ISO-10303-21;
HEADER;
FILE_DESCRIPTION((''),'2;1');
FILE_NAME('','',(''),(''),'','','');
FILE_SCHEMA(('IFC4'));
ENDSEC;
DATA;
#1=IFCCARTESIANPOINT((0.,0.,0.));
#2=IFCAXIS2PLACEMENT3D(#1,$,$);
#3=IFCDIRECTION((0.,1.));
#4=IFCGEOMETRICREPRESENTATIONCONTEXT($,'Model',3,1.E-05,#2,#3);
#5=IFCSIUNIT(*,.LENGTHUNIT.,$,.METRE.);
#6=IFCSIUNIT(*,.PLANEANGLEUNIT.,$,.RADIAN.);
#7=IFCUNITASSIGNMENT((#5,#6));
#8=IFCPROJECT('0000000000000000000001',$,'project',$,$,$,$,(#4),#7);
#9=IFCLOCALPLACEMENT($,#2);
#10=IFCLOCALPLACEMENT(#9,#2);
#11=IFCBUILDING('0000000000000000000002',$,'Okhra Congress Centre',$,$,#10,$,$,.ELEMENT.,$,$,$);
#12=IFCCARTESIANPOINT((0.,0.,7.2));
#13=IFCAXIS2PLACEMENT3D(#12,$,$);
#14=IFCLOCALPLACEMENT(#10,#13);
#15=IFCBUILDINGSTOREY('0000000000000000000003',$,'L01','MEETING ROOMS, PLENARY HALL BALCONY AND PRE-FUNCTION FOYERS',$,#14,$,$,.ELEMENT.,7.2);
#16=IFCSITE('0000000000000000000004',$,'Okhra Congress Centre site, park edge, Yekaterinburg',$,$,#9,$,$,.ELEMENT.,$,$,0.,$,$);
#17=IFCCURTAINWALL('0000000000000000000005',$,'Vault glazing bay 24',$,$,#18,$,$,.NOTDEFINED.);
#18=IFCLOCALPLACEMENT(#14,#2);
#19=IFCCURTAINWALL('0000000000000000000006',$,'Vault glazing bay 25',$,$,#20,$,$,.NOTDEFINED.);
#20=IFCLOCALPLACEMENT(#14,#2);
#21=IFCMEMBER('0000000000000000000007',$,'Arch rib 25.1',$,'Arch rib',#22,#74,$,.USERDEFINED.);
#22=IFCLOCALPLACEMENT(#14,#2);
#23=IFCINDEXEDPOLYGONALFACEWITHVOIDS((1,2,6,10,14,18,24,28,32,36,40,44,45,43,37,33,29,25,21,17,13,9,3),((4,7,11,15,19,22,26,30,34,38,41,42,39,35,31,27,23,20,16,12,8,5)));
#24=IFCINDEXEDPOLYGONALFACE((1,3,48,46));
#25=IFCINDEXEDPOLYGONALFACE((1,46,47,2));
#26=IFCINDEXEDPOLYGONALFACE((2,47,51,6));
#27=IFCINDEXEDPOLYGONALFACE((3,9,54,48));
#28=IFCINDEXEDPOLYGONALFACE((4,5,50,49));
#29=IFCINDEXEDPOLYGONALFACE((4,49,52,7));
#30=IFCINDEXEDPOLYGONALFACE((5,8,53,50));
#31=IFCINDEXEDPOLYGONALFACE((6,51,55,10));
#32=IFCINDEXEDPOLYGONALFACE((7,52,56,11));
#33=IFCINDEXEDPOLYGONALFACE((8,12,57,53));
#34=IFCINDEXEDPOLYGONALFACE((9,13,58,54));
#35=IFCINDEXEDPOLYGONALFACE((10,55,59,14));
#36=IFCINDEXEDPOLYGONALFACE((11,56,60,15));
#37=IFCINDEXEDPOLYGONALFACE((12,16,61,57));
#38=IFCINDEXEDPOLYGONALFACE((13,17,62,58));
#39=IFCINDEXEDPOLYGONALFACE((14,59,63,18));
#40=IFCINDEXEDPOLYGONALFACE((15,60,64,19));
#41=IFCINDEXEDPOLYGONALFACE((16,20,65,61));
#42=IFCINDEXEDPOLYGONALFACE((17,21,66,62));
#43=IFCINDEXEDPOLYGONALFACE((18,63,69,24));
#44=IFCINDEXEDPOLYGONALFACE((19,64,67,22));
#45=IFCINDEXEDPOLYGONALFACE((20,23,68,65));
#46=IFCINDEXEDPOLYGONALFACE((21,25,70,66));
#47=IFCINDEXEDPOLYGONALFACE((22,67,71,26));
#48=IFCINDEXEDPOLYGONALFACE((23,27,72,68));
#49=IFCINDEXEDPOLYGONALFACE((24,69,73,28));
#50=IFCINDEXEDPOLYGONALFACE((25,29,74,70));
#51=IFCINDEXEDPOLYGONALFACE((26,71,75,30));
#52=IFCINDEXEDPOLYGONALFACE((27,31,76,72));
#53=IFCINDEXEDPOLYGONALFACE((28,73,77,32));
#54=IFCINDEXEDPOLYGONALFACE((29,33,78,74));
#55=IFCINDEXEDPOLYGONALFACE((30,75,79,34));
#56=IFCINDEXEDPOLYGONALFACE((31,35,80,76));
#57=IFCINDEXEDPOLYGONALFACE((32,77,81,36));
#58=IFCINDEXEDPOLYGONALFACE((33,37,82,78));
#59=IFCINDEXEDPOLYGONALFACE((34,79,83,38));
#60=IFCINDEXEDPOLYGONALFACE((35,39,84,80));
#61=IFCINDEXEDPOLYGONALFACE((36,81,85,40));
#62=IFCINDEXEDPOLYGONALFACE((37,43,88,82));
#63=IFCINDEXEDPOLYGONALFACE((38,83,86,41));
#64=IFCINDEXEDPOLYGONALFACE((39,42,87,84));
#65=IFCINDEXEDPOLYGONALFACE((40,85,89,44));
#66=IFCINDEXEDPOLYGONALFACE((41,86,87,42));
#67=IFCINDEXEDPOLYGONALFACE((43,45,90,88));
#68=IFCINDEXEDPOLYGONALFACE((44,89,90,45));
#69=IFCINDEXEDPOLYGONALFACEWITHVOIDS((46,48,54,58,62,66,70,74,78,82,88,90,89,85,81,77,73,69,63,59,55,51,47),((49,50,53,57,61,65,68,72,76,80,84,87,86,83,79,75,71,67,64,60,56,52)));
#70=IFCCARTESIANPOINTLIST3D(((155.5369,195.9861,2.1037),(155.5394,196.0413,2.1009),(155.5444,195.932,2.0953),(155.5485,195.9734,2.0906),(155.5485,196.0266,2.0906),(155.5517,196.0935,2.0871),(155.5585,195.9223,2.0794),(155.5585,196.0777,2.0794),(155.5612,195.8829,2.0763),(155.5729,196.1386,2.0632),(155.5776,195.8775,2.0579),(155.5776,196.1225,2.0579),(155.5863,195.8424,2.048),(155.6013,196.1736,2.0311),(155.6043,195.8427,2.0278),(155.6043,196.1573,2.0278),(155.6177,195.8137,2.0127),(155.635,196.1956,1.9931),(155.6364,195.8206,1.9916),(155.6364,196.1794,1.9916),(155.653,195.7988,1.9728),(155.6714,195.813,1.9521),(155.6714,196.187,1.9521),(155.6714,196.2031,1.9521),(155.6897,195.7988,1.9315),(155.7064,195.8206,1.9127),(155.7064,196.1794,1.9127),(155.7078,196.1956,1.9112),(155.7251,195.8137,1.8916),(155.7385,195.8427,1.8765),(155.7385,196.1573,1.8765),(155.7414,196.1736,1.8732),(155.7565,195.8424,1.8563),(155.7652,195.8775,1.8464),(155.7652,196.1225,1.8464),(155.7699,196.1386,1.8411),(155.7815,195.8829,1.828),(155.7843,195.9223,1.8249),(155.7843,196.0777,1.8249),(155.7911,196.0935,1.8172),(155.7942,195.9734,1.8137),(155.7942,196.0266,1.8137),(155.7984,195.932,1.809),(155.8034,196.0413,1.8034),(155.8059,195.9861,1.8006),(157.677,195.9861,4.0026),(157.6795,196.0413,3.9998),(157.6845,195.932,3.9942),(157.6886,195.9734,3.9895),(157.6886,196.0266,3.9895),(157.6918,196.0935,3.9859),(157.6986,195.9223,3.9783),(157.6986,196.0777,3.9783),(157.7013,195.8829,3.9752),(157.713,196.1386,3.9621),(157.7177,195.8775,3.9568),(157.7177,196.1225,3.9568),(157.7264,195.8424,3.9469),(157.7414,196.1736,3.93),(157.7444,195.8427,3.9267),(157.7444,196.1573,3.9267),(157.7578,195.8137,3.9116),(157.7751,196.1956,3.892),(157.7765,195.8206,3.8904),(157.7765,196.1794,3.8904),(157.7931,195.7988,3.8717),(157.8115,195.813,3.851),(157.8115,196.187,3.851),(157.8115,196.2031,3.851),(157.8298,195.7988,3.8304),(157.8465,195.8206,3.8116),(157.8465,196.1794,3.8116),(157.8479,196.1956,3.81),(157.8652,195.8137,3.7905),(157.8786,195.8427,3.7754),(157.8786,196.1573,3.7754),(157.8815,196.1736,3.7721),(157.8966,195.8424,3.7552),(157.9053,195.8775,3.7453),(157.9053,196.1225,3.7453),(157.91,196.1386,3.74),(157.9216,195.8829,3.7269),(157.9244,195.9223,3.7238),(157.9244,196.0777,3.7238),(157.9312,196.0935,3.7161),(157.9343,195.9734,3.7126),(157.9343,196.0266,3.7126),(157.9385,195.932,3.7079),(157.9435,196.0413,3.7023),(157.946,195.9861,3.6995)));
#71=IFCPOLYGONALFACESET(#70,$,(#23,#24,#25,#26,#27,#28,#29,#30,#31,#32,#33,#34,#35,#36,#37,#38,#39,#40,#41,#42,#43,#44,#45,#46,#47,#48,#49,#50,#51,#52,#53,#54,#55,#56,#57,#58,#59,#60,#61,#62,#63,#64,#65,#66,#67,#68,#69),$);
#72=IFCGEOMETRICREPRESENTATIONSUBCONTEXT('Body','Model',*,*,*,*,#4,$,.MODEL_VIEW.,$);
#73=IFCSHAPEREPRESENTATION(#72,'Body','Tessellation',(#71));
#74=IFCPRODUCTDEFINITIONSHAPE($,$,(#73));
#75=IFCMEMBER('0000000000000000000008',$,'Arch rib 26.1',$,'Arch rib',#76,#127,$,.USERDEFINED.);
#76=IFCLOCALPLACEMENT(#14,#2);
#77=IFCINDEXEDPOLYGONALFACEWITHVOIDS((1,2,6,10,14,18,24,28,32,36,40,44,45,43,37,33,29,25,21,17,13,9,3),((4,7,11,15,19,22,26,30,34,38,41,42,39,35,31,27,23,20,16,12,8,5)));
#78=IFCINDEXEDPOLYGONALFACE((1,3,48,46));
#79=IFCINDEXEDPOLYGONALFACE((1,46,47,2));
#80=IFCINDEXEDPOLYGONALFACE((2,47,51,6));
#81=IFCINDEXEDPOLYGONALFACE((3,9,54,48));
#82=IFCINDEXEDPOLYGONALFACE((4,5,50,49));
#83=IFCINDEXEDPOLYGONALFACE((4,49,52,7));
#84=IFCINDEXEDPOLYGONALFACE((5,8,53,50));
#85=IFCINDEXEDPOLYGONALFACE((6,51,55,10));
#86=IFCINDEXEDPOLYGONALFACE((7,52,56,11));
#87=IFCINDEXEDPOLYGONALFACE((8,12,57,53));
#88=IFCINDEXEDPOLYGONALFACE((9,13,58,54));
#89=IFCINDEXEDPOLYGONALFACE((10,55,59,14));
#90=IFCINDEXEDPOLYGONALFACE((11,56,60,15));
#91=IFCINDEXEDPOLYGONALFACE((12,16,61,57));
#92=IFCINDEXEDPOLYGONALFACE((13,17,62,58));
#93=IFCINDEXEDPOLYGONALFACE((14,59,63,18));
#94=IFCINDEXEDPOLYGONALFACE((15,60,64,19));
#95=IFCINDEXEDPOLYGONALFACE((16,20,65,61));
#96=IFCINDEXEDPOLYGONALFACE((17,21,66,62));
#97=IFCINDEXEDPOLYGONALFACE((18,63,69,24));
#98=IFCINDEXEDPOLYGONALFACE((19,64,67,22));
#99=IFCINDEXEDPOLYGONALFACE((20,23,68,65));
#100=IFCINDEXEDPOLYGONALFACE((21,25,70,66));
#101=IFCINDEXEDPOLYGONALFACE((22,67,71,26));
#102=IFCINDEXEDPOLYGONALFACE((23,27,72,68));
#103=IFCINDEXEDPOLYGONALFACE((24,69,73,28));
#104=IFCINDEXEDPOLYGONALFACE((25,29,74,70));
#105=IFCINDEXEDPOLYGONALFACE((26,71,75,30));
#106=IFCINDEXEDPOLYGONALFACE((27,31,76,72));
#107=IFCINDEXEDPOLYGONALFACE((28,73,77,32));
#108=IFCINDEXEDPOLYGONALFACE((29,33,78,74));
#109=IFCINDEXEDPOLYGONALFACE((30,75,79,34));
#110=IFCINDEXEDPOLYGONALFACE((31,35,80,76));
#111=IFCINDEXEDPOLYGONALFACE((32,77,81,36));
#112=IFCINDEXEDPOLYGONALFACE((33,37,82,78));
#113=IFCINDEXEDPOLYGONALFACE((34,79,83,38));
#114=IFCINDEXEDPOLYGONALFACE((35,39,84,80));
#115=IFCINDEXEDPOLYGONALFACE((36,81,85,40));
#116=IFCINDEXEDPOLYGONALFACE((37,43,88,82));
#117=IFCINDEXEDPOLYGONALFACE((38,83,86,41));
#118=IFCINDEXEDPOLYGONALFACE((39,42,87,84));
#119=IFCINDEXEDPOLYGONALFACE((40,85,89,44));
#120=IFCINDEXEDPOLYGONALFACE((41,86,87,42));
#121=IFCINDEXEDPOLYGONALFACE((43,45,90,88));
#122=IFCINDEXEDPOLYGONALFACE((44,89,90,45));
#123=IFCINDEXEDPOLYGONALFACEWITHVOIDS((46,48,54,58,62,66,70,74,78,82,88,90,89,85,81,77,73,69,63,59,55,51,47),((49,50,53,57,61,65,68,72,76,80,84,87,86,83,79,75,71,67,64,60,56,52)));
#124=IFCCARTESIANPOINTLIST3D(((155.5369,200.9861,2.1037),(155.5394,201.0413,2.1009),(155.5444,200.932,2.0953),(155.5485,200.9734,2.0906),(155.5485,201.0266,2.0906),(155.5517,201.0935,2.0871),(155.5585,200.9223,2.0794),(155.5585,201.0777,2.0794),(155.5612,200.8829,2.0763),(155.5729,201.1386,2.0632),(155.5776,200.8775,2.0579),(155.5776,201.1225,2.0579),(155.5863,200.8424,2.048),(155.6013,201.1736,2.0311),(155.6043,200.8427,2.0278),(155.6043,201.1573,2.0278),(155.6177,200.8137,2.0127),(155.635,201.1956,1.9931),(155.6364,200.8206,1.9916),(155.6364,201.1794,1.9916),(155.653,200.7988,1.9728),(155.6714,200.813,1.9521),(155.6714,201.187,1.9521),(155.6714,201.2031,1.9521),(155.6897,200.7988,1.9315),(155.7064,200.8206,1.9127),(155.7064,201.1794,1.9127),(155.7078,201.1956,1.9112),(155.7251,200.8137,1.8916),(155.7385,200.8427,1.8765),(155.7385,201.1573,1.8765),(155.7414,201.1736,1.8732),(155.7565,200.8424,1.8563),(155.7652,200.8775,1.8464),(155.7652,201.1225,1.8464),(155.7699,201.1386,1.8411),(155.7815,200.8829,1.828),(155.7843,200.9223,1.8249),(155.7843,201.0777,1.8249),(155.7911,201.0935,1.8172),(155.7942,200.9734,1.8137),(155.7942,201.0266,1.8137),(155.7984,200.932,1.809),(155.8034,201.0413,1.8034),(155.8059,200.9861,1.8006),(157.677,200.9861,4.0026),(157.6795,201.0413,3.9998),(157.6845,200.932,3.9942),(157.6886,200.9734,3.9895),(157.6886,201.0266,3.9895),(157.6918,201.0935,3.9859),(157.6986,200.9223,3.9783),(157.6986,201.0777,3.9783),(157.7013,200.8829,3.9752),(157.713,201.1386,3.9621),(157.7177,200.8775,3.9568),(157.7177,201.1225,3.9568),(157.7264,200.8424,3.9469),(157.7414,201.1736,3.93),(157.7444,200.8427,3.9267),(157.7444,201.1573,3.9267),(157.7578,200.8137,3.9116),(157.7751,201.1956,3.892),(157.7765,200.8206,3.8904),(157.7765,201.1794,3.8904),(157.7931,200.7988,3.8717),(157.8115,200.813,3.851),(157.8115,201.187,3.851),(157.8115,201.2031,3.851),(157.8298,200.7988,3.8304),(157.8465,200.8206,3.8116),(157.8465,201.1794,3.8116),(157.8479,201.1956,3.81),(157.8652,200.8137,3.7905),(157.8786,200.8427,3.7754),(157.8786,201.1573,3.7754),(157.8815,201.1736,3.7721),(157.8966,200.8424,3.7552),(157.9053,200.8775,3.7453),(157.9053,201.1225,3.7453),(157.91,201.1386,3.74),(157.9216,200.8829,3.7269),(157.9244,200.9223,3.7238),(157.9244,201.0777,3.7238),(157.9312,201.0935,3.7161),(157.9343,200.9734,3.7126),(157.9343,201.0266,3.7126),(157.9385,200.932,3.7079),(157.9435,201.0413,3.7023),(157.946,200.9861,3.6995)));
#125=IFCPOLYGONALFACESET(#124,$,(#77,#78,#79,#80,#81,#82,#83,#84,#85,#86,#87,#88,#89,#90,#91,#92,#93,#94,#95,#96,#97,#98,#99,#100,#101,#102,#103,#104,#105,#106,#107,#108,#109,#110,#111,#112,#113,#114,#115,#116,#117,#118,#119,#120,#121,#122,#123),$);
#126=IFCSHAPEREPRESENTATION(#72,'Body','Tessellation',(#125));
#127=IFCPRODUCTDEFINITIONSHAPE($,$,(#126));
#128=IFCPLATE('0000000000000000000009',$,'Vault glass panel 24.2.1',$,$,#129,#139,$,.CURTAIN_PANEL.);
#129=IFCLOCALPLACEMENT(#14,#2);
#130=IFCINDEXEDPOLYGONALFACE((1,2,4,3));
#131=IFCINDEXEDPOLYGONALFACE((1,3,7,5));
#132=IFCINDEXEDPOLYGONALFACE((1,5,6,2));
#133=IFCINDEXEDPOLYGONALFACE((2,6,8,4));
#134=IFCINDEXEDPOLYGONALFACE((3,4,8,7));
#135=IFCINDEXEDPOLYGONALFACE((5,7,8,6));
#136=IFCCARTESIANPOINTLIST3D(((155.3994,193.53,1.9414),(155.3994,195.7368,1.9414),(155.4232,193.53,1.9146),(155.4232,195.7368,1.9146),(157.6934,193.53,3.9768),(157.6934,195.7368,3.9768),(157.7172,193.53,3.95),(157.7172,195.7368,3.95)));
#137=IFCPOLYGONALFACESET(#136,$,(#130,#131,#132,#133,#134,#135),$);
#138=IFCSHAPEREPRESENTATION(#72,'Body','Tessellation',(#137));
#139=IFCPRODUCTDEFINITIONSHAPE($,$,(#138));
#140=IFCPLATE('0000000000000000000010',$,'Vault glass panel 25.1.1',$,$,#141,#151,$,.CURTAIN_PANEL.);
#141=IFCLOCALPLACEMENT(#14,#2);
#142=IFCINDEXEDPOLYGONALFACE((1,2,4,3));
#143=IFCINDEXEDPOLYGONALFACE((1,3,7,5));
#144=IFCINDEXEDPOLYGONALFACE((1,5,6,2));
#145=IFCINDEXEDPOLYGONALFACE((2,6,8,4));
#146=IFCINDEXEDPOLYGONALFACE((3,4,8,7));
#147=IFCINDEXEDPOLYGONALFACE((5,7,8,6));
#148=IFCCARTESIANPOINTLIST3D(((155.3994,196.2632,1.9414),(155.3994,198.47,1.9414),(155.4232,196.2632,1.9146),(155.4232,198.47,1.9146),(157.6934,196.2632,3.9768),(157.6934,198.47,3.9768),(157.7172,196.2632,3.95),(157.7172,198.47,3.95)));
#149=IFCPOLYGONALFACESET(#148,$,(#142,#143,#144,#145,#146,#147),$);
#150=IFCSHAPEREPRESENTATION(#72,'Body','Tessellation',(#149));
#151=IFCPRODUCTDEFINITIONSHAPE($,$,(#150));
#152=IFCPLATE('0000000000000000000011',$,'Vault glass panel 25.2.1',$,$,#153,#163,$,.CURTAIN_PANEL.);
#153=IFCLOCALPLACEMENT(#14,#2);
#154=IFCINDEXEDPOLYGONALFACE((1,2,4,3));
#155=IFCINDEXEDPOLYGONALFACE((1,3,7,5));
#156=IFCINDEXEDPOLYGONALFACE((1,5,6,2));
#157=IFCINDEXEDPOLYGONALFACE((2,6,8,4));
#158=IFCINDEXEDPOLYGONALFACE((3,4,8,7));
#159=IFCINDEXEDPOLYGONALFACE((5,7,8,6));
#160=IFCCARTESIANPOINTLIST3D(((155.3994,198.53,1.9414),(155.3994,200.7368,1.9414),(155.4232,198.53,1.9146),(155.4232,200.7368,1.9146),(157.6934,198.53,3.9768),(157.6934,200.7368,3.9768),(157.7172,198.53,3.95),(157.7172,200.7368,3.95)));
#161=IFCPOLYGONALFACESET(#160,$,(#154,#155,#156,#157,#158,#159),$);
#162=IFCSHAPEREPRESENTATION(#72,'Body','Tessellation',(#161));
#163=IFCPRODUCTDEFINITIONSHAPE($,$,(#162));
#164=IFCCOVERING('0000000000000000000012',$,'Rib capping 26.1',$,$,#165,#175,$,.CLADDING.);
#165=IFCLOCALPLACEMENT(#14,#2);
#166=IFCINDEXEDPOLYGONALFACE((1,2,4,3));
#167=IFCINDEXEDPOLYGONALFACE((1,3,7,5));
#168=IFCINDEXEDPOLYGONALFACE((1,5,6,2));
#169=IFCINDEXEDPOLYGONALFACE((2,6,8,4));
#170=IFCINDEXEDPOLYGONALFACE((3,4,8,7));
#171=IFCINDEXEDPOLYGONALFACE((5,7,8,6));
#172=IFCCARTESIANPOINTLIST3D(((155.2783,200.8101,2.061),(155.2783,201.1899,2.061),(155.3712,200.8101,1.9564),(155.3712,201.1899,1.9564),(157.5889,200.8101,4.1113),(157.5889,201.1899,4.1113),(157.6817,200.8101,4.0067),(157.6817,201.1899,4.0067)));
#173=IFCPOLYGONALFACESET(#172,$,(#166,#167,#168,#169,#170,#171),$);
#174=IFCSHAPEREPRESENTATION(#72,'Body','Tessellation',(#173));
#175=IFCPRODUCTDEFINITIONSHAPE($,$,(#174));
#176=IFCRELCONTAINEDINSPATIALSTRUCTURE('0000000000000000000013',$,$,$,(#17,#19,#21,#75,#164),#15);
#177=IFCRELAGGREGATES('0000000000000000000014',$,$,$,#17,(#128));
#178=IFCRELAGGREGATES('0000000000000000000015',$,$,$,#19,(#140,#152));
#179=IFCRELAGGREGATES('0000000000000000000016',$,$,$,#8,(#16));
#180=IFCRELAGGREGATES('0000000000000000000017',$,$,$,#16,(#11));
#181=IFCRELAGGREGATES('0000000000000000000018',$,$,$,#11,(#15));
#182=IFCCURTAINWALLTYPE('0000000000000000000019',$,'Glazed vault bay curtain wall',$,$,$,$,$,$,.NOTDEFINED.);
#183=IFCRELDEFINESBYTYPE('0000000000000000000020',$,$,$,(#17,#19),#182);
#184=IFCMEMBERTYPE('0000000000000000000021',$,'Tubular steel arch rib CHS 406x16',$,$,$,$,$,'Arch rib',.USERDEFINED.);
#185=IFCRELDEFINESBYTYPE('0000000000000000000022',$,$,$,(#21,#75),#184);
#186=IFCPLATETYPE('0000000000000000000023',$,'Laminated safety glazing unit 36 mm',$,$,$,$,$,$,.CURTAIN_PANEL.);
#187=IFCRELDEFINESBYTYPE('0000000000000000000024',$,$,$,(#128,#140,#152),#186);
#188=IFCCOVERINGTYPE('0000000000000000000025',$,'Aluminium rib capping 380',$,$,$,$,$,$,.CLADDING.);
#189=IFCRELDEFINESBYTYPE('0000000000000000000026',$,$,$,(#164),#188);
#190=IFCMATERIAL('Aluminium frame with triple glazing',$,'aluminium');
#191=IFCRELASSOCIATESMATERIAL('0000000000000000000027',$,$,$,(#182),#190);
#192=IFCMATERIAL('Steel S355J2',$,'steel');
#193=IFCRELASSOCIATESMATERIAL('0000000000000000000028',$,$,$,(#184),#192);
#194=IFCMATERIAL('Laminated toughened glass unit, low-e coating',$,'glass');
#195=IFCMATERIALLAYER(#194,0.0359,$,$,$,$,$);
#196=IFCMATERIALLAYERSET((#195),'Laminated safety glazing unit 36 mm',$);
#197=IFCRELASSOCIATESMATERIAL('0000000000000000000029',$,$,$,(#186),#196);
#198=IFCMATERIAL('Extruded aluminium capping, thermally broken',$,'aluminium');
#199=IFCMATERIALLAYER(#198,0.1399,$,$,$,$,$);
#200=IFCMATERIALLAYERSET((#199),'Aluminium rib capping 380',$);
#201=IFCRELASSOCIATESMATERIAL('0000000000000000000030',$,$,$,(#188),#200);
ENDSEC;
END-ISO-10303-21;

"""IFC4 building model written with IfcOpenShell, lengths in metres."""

from ifc_helpers import new_model, si_unit, direction, frame, origin, origin_2d, place, context, subcontext, project, spatial, polyline, hollow_circle, outline, extrude, material, layer, layer_set, material_profile, profile_set, type_object, element, aggregate, save


model = new_model("IFC4")

# Units and contexts
model_context = context("Model", 3, precision=1e-05, world=origin(), true_north=direction((0.0, 1.0)))
body_context = subcontext(model_context, "Body", "Model", "MODEL_VIEW")
ifc_project = project(units=[si_unit("LENGTHUNIT", "METRE"), si_unit("PLANEANGLEUNIT", "RADIAN")], contexts=[model_context])

# Site, building, storey
site_placement = place(None, origin())
site = spatial("IfcSite", under=ifc_project, at=site_placement, Name="Okhra Congress Centre site, park edge, Yekaterinburg", CompositionType="ELEMENT", RefElevation=0.0)
building_placement = place(site_placement, origin())
building = spatial("IfcBuilding", under=site, at=building_placement, Name="Okhra Congress Centre", CompositionType="ELEMENT")
storey_placement = place(building_placement, frame((0.0, 0.0, 7.2)))
storey = spatial("IfcBuildingStorey", under=building, at=storey_placement, Name="L01", Description="MEETING ROOMS, PLENARY HALL BALCONY AND PRE-FUNCTION FOYERS", CompositionType="ELEMENT", Elevation=7.2)

# Curtain walls
ifc_material_1 = material(Name="Aluminium frame with triple glazing", Category="aluminium")
curtain_wall_type = type_object("IfcCurtainWallType", Name="Glazed vault bay curtain wall", PredefinedType="NOTDEFINED", material=ifc_material_1)
curtain_wall_1_placement = place(storey_placement, origin())
curtain_wall_1 = element("IfcCurtainWall", 1, at=curtain_wall_1_placement, inside=storey, type_object=curtain_wall_type, Name="Vault glazing bay 24", PredefinedType="NOTDEFINED")
curtain_wall_2_placement = place(storey_placement, origin())
curtain_wall_2 = element("IfcCurtainWall", 2, at=curtain_wall_2_placement, inside=storey, type_object=curtain_wall_type, Name="Vault glazing bay 25", PredefinedType="NOTDEFINED")

# Shared definitions
ifc_material_2 = material(Name="Steel S355J2", Category="steel")

# Members
ifc_material_profile_1 = material_profile(ifc_material_2, hollow_circle(Radius=0.2031, WallThickness=0.0161, at=origin_2d()), Name="CHS 406.4x16")
ifc_profile_set_1 = profile_set([ifc_material_profile_1], Name="Steel S355J2")
member_type_1 = type_object("IfcMemberType", Name="Tubular steel arch rib CHS 406x16", ElementType="Arch rib", PredefinedType="USERDEFINED", material=ifc_profile_set_1)
for number, where, z_axis, x_axis, name in (
    (3, (155.6714, 196.0, 1.9521), (0.748002, 0.0, 0.663696), (0.0, 1.0, 0.0), "Arch rib 25.1"),
    (4, (155.6714, 201.0, 1.9521), (0.748002, 0.0, 0.663696), (0.0, 1.0, 0.0), "Arch rib 26.1"),
):
    element("IfcMember", number, at=place(storey_placement, frame(where, z_axis=z_axis, x_axis=x_axis)), inside=storey, type_object=member_type_1, Name=name, ObjectType="Arch rib", PredefinedType="USERDEFINED", context=body_context, shape_type="SweptSolid", body=[
        extrude(hollow_circle(Radius=0.2031, WallThickness=0.0161, at=origin_2d()), origin(), (0.0, 0.0, 1.0), 2.8611),
    ])

# Plates
ifc_material_3 = material(Name="Laminated toughened glass unit, low-e coating", Category="glass")
ifc_layer_1 = layer(ifc_material_3, 0.0359)
ifc_layer_set_1 = layer_set([ifc_layer_1], Name="Laminated safety glazing unit 36 mm")
plate_type = type_object("IfcPlateType", Name="Laminated safety glazing unit 36 mm", PredefinedType="CURTAIN_PANEL", material=ifc_layer_set_1)
plate_1_placement = place(storey_placement, frame((155.3994, 193.53, 1.9414), z_axis=(-0.663697, 0.0, 0.748002), x_axis=(0.748002, 0.0, 0.663697)))
plate_1 = element("IfcPlate", 5, at=plate_1_placement, type_object=plate_type, Name="Vault glass panel 24.2.1", PredefinedType="CURTAIN_PANEL", context=body_context, shape_type="SweptSolid", body=[
    extrude(outline(polyline([(0.0, 0.0), (3.0668, 0.0), (3.0668, 2.2068), (0.0, 2.2068), (0.0, 0.0)])), origin(), (0.0, 0.0, -1.0), 0.0359),
])
aggregate(curtain_wall_1, [plate_1])
plate_2_placement = place(storey_placement, frame((155.3994, 196.2632, 1.9414), z_axis=(-0.663697, 0.0, 0.748002), x_axis=(0.748002, 0.0, 0.663697)))
plate_2 = element("IfcPlate", 6, at=plate_2_placement, type_object=plate_type, Name="Vault glass panel 25.1.1", PredefinedType="CURTAIN_PANEL", context=body_context, shape_type="SweptSolid", body=[
    extrude(outline(polyline([(0.0, 0.0), (3.0668, 0.0), (3.0668, 2.2068), (0.0, 2.2068), (0.0, 0.0)])), origin(), (0.0, 0.0, -1.0), 0.0359),
])
plate_3_placement = place(storey_placement, frame((155.3994, 198.53, 1.9414), z_axis=(-0.663697, 0.0, 0.748002), x_axis=(0.748002, 0.0, 0.663697)))
plate_3 = element("IfcPlate", 7, at=plate_3_placement, type_object=plate_type, Name="Vault glass panel 25.2.1", PredefinedType="CURTAIN_PANEL", context=body_context, shape_type="SweptSolid", body=[
    extrude(outline(polyline([(0.0, 0.0), (3.0668, 0.0), (3.0668, 2.2068), (0.0, 2.2068), (0.0, 0.0)])), origin(), (0.0, 0.0, -1.0), 0.0359),
])
aggregate(curtain_wall_2, [plate_2, plate_3])

# Covering
ifc_material_4 = material(Name="Extruded aluminium capping, thermally broken", Category="aluminium")
ifc_layer_2 = layer(ifc_material_4, 0.1399)
ifc_layer_set_2 = layer_set([ifc_layer_2], Name="Aluminium rib capping 380")
covering_type = type_object("IfcCoveringType", Name="Aluminium rib capping 380", PredefinedType="CLADDING", material=ifc_layer_set_2)
covering_placement = place(storey_placement, frame((155.2783, 200.8101, 2.061), z_axis=(-0.663726, 0.0, 0.747976), x_axis=(0.747976, 0.0, 0.663726)))
element("IfcCovering", 8, at=covering_placement, inside=storey, type_object=covering_type, Name="Rib capping 26.1", PredefinedType="CLADDING", context=body_context, shape_type="SweptSolid", body=[
    extrude(outline(polyline([(0.0, 0.0), (3.0891, 0.0), (3.0891, 0.3799), (0.0, 0.3799), (0.0, 0.0)])), origin(), (0.0, 0.0, -1.0), 0.1399),
])

save(model, "model.ifc")
